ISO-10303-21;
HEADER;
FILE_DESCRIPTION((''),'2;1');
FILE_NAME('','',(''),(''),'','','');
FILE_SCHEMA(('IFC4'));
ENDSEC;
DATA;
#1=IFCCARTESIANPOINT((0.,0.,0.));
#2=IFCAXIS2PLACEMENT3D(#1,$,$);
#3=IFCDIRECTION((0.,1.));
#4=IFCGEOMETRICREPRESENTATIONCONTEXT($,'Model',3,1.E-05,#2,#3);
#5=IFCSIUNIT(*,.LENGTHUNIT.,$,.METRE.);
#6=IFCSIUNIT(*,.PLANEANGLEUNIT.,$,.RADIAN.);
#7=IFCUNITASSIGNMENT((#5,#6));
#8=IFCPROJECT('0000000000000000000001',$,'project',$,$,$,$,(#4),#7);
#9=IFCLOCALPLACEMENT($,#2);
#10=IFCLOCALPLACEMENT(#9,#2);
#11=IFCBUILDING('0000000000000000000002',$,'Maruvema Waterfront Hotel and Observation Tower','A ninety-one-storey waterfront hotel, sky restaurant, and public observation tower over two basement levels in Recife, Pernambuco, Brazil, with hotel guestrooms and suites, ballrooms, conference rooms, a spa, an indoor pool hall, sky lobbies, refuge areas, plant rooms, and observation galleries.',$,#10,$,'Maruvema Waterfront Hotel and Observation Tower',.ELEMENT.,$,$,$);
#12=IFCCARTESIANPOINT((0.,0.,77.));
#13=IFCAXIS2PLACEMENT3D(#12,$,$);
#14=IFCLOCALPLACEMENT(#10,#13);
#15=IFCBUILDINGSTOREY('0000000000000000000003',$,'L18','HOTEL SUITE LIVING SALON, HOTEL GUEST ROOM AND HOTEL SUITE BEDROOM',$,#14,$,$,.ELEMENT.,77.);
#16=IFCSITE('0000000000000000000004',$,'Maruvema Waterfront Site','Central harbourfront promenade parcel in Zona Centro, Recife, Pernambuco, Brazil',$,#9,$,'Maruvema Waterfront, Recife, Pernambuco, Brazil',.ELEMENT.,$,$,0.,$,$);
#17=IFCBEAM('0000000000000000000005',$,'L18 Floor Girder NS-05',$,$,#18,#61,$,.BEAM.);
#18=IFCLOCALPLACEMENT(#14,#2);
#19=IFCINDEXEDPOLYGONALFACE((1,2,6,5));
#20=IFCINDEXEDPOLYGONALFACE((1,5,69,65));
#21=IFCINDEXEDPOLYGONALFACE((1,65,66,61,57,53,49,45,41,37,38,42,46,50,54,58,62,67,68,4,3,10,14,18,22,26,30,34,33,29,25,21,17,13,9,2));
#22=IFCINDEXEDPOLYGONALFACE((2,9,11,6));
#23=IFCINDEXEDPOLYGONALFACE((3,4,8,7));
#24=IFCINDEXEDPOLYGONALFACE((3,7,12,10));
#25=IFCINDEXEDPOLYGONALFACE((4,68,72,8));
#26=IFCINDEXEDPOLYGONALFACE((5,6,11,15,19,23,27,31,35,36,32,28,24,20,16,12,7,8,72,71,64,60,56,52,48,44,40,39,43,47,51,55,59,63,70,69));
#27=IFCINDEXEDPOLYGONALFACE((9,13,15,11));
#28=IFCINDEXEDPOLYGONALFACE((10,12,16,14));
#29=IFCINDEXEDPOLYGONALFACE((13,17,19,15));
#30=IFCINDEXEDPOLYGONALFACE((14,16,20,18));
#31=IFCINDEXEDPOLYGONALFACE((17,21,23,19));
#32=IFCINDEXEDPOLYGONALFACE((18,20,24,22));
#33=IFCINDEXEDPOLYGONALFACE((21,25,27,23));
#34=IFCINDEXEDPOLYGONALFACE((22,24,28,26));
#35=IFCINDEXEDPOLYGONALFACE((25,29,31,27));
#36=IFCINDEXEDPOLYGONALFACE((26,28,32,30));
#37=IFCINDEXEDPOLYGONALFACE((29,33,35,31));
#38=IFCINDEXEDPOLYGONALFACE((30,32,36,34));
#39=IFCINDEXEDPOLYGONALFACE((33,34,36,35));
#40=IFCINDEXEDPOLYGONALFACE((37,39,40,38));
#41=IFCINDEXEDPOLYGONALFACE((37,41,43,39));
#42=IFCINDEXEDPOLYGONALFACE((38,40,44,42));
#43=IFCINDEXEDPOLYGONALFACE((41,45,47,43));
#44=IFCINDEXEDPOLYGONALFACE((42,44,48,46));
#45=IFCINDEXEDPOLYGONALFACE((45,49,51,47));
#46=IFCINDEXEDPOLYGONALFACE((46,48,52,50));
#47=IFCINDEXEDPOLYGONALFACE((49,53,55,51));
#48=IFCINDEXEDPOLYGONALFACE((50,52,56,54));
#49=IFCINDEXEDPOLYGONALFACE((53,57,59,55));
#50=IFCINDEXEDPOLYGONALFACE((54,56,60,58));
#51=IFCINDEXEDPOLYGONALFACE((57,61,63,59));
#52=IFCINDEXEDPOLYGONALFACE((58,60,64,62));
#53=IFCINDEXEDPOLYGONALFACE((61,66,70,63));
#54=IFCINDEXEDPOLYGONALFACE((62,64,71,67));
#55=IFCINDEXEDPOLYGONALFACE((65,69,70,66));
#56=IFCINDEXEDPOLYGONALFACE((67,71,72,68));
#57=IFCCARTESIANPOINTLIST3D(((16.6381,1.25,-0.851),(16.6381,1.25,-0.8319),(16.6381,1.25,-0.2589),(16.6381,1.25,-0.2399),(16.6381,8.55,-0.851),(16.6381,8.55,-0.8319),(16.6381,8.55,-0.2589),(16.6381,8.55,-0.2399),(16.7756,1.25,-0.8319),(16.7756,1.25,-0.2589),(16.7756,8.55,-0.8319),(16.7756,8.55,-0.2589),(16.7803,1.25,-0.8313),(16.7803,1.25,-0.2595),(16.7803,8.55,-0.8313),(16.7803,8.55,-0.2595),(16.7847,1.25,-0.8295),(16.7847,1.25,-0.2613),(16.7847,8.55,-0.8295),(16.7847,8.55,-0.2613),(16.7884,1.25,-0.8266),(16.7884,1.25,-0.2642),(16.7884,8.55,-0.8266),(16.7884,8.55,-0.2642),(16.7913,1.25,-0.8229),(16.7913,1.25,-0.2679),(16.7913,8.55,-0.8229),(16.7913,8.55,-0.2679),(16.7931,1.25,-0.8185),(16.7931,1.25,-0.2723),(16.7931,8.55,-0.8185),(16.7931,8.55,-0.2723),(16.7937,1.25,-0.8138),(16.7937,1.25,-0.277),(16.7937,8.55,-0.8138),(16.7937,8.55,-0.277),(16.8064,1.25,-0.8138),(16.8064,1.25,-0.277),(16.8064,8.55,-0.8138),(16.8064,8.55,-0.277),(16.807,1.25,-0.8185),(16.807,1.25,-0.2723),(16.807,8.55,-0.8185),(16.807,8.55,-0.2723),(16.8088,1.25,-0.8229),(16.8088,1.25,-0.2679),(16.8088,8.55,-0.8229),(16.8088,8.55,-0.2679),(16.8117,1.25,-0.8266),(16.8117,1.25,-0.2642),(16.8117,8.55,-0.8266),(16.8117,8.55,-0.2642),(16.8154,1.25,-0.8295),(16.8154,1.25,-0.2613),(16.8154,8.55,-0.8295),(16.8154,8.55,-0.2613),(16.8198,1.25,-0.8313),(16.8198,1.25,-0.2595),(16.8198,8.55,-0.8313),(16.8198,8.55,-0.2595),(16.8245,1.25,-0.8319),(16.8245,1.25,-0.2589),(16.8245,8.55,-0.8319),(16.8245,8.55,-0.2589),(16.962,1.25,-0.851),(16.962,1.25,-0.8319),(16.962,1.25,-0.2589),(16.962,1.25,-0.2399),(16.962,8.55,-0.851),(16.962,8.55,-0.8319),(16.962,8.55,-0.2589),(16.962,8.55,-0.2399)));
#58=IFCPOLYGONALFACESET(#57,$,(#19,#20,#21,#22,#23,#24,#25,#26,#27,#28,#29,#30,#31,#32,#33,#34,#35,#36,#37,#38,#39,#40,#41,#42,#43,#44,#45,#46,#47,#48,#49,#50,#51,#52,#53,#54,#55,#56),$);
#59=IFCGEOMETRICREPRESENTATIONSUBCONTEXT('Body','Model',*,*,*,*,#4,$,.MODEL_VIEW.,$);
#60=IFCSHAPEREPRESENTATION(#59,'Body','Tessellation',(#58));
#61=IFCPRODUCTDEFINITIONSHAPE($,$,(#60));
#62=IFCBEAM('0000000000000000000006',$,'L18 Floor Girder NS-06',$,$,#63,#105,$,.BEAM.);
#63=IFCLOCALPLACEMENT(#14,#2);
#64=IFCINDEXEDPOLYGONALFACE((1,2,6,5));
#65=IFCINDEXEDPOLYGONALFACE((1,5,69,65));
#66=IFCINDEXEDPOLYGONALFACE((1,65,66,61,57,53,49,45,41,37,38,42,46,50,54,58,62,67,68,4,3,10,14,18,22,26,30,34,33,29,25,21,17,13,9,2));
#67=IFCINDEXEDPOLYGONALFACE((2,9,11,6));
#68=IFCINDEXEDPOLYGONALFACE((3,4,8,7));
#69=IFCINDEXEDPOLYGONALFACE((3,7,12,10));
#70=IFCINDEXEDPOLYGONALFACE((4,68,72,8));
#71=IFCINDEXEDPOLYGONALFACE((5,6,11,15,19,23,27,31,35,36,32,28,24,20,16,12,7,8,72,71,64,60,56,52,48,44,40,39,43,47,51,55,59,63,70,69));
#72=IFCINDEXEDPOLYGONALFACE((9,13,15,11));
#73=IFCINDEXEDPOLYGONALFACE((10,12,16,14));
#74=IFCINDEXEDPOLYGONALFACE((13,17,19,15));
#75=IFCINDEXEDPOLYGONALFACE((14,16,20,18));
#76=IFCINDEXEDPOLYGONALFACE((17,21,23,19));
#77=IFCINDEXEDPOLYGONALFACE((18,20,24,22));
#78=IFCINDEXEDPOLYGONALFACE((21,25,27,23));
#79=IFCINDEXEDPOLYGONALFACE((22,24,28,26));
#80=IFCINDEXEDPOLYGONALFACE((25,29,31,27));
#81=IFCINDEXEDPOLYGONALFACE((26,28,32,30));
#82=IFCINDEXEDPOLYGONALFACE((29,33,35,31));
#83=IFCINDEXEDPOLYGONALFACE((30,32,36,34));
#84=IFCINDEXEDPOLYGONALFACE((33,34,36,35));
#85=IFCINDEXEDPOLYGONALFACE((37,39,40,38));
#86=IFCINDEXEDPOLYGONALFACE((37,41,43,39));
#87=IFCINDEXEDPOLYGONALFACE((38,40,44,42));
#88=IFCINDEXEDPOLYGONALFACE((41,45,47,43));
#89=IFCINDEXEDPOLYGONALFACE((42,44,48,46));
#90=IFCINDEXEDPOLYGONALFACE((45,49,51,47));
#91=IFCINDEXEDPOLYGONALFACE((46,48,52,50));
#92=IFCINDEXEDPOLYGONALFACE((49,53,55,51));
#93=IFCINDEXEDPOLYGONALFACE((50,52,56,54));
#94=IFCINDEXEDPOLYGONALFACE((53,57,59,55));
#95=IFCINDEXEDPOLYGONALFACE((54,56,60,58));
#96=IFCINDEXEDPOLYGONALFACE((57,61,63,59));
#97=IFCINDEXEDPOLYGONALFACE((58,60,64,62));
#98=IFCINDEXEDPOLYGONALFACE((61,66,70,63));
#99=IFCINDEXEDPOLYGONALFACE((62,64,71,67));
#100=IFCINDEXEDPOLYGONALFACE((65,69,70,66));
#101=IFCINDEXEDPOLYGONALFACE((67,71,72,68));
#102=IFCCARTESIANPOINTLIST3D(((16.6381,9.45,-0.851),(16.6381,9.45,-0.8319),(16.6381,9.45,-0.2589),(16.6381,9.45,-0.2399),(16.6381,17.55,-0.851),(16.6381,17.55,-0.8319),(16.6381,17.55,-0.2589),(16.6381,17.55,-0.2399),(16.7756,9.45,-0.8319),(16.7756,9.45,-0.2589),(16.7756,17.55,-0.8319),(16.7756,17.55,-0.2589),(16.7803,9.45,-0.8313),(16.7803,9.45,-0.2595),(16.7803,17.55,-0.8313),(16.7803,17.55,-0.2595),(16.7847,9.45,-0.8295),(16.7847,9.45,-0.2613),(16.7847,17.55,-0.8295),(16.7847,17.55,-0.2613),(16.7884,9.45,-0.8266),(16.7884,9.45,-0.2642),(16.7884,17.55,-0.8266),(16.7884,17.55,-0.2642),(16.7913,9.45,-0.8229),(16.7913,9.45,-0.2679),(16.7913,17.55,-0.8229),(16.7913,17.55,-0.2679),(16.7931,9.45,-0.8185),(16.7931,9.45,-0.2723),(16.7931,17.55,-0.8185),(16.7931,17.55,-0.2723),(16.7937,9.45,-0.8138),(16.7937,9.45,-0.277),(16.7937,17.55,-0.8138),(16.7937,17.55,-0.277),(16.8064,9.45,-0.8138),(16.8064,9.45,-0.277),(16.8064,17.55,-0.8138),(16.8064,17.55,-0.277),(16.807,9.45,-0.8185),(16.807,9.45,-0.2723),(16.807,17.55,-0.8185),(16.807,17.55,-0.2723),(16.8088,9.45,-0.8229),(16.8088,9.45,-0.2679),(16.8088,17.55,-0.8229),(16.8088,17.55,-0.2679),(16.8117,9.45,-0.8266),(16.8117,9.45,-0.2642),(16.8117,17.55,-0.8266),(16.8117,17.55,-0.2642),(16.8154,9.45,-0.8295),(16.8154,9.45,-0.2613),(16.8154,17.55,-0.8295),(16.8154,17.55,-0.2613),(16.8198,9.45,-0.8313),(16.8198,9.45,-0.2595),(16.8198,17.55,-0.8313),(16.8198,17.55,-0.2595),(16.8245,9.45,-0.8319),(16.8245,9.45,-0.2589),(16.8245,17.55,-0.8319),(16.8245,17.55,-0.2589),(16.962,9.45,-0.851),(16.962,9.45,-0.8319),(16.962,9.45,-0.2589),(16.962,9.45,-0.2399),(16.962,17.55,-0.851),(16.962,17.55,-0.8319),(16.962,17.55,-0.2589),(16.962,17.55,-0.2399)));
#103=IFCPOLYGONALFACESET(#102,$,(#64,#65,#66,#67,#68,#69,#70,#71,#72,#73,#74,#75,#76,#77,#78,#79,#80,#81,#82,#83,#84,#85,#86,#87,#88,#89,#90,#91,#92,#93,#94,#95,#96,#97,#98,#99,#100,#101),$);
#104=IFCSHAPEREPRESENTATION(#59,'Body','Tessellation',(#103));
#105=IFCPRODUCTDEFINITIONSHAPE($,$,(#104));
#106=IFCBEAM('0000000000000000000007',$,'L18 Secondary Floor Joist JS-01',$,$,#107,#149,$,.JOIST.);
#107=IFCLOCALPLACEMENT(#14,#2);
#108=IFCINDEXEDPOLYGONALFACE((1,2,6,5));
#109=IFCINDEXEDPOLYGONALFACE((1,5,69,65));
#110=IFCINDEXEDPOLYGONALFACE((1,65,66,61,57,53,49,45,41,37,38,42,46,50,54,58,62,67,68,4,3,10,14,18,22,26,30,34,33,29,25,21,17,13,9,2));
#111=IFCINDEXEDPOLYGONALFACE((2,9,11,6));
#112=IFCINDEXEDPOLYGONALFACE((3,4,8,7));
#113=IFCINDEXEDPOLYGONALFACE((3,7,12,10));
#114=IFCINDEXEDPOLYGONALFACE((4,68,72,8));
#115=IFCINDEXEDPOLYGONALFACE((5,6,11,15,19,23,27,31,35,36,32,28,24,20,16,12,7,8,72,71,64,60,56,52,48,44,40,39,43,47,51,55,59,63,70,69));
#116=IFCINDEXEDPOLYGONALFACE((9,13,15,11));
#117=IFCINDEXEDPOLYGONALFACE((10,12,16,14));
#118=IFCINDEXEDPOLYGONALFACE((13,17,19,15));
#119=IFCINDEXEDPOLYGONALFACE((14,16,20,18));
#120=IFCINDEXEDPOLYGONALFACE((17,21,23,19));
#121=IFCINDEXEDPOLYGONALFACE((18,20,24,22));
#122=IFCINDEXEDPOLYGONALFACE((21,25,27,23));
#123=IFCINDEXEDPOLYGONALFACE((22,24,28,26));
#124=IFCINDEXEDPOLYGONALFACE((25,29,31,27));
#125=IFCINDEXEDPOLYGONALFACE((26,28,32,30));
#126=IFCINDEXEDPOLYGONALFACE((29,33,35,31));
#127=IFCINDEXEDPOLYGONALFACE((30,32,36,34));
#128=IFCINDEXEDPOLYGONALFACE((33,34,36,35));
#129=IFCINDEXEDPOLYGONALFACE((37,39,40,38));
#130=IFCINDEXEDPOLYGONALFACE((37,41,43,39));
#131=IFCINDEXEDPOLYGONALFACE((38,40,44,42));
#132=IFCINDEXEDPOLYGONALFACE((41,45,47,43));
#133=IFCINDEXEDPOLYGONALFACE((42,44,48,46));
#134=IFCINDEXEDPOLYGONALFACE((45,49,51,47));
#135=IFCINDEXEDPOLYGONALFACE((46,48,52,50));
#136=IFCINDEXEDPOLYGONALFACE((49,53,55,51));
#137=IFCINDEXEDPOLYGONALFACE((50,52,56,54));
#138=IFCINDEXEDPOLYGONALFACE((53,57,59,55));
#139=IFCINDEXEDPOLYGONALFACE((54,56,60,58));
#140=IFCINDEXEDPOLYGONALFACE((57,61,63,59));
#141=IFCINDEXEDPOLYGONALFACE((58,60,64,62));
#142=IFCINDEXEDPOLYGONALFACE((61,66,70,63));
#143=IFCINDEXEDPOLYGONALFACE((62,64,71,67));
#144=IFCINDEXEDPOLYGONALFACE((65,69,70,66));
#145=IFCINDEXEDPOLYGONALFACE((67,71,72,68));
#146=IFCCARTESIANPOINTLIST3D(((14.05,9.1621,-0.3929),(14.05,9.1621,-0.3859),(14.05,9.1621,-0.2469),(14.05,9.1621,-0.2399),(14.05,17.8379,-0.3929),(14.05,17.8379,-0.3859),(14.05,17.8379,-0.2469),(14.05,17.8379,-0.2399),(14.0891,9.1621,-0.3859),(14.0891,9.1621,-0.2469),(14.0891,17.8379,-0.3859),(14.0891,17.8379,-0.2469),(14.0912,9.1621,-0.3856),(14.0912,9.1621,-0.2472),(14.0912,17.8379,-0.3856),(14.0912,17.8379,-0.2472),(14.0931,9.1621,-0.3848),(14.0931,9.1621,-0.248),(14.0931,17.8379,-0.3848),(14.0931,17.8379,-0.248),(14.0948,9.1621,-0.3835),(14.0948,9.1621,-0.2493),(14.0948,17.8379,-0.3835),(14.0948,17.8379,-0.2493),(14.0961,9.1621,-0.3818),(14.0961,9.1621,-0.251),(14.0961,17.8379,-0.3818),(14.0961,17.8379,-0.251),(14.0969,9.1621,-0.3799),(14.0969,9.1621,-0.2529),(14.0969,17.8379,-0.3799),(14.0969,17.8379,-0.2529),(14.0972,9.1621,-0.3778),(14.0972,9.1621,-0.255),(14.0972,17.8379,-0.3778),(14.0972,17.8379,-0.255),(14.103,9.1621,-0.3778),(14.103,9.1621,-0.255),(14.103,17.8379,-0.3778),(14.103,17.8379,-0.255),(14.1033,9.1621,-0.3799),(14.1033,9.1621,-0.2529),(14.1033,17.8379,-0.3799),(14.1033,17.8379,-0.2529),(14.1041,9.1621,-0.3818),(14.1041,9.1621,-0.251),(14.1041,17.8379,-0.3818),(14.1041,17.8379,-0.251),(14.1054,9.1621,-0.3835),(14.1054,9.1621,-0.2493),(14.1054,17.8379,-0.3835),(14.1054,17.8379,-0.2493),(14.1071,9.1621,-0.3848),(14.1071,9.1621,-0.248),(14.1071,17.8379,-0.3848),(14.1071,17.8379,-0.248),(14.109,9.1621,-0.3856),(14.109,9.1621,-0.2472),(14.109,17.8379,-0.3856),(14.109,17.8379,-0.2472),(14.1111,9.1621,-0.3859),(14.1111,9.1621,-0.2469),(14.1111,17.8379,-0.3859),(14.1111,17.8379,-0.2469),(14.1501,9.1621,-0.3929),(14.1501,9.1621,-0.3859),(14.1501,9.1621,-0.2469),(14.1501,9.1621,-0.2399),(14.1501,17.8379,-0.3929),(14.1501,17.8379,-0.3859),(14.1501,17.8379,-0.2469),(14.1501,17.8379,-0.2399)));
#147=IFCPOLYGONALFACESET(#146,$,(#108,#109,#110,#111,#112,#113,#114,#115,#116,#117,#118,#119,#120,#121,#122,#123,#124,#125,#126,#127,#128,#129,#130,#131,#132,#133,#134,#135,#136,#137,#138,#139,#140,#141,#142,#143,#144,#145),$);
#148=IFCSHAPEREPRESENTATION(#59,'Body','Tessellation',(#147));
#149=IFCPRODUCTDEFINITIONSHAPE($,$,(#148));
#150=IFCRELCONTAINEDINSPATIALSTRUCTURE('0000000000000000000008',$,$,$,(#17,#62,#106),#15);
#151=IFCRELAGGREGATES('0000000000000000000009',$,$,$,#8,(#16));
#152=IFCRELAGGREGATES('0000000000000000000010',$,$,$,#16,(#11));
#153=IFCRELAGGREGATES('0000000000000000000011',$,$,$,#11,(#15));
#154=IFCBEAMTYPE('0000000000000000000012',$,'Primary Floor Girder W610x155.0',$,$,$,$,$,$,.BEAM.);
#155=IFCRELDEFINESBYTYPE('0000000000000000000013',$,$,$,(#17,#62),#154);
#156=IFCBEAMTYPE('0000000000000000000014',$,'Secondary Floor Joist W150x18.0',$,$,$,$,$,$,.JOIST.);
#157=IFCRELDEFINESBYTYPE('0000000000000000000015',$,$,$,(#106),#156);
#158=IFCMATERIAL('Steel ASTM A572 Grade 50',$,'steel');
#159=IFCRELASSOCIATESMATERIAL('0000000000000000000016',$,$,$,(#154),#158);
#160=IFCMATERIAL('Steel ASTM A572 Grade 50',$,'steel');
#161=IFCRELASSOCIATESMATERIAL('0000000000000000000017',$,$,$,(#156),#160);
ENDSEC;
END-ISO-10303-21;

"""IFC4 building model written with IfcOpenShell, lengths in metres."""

from ifc_helpers import new_model, si_unit, direction, frame, origin, origin_2d, place, context, subcontext, project, spatial, i_section, extrude, material, material_profile, profile_set, type_object, element, save


model = new_model("IFC4")

# Units and contexts
model_context = context("Model", 3, precision=1e-05, world=origin(), true_north=direction((0.0, 1.0)))
body_context = subcontext(model_context, "Body", "Model", "MODEL_VIEW")
ifc_project = project(units=[si_unit("LENGTHUNIT", "METRE"), si_unit("PLANEANGLEUNIT", "RADIAN")], contexts=[model_context])

# Site, building, storey
site_placement = place(None, origin())
site = spatial("IfcSite", under=ifc_project, at=site_placement, Name="Maruvema Waterfront Site", Description="Central harbourfront promenade parcel in Zona Centro, Recife, Pernambuco, Brazil", LongName="Maruvema Waterfront, Recife, Pernambuco, Brazil", CompositionType="ELEMENT", RefElevation=0.0)
building_placement = place(site_placement, origin())
building = spatial("IfcBuilding", under=site, at=building_placement, Name="Maruvema Waterfront Hotel and Observation Tower", Description="A ninety-one-storey waterfront hotel, sky restaurant, and public observation tower over two basement levels in Recife, Pernambuco, Brazil, with hotel guestrooms and suites, ballrooms, conference rooms, a spa, an indoor pool hall, sky lobbies, refuge areas, plant rooms, and observation galleries.", LongName="Maruvema Waterfront Hotel and Observation Tower", CompositionType="ELEMENT")
storey_placement = place(building_placement, frame((0.0, 0.0, 77.0)))
storey = spatial("IfcBuildingStorey", under=building, at=storey_placement, Name="L18", Description="HOTEL SUITE LIVING SALON, HOTEL GUEST ROOM AND HOTEL SUITE BEDROOM", CompositionType="ELEMENT", Elevation=77.0)

# Beams
ifc_material_1 = material(Name="Steel ASTM A572 Grade 50", Category="steel")
ifc_material_profile_1 = material_profile(ifc_material_1, i_section(OverallWidth=0.324, OverallDepth=0.6111, WebThickness=0.0127, FlangeThickness=0.019, FilletRadius=0.0181, at=origin_2d()), Name="W610x155.0")
ifc_profile_set_1 = profile_set([ifc_material_profile_1], Name="Steel ASTM A572 Grade 50")
beam_type_1 = type_object("IfcBeamType", Name="Primary Floor Girder W610x155.0", PredefinedType="BEAM", material=ifc_profile_set_1)
beam_1_placement = place(storey_placement, frame((16.8, 1.25, -0.5454), z_axis=(0.0, 1.0, 0.0), x_axis=(-1.0, 0.0, 0.0)))
element("IfcBeam", 1, at=beam_1_placement, inside=storey, type_object=beam_type_1, Name="L18 Floor Girder NS-05", PredefinedType="BEAM", context=body_context, shape_type="SweptSolid", body=[
    extrude(i_section(OverallWidth=0.324, OverallDepth=0.6111, WebThickness=0.0127, FlangeThickness=0.019, FilletRadius=0.0181, at=origin_2d()), origin(), (0.0, 0.0, 1.0), 7.3),
])
beam_2_placement = place(storey_placement, frame((16.8, 9.45, -0.5454), z_axis=(0.0, 1.0, 0.0), x_axis=(-1.0, 0.0, 0.0)))
element("IfcBeam", 2, at=beam_2_placement, inside=storey, type_object=beam_type_1, Name="L18 Floor Girder NS-06", PredefinedType="BEAM", context=body_context, shape_type="SweptSolid", body=[
    extrude(i_section(OverallWidth=0.324, OverallDepth=0.6111, WebThickness=0.0127, FlangeThickness=0.019, FilletRadius=0.0181, at=origin_2d()), origin(), (0.0, 0.0, 1.0), 8.1001),
])
ifc_material_2 = material(Name="Steel ASTM A572 Grade 50", Category="steel")
ifc_material_profile_2 = material_profile(ifc_material_2, i_section(OverallWidth=0.1001, OverallDepth=0.1531, WebThickness=0.0059, FlangeThickness=0.0071, FilletRadius=0.0081, at=origin_2d()), Name="W150x18.0")
ifc_profile_set_2 = profile_set([ifc_material_profile_2], Name="Steel ASTM A572 Grade 50")
beam_type_2 = type_object("IfcBeamType", Name="Secondary Floor Joist W150x18.0", PredefinedType="JOIST", material=ifc_profile_set_2)
beam_3_placement = place(storey_placement, frame((14.1001, 9.1621, -0.3164), z_axis=(0.0, 1.0, 0.0), x_axis=(-1.0, 0.0, 0.0)))
element("IfcBeam", 3, at=beam_3_placement, inside=storey, type_object=beam_type_2, Name="L18 Secondary Floor Joist JS-01", PredefinedType="JOIST", context=body_context, shape_type="SweptSolid", body=[
    extrude(i_section(OverallWidth=0.1001, OverallDepth=0.1531, WebThickness=0.0059, FlangeThickness=0.0071, FilletRadius=0.0081, at=origin_2d()), origin(), (0.0, 0.0, 1.0), 8.6758),
])

save(model, "model.ifc")
